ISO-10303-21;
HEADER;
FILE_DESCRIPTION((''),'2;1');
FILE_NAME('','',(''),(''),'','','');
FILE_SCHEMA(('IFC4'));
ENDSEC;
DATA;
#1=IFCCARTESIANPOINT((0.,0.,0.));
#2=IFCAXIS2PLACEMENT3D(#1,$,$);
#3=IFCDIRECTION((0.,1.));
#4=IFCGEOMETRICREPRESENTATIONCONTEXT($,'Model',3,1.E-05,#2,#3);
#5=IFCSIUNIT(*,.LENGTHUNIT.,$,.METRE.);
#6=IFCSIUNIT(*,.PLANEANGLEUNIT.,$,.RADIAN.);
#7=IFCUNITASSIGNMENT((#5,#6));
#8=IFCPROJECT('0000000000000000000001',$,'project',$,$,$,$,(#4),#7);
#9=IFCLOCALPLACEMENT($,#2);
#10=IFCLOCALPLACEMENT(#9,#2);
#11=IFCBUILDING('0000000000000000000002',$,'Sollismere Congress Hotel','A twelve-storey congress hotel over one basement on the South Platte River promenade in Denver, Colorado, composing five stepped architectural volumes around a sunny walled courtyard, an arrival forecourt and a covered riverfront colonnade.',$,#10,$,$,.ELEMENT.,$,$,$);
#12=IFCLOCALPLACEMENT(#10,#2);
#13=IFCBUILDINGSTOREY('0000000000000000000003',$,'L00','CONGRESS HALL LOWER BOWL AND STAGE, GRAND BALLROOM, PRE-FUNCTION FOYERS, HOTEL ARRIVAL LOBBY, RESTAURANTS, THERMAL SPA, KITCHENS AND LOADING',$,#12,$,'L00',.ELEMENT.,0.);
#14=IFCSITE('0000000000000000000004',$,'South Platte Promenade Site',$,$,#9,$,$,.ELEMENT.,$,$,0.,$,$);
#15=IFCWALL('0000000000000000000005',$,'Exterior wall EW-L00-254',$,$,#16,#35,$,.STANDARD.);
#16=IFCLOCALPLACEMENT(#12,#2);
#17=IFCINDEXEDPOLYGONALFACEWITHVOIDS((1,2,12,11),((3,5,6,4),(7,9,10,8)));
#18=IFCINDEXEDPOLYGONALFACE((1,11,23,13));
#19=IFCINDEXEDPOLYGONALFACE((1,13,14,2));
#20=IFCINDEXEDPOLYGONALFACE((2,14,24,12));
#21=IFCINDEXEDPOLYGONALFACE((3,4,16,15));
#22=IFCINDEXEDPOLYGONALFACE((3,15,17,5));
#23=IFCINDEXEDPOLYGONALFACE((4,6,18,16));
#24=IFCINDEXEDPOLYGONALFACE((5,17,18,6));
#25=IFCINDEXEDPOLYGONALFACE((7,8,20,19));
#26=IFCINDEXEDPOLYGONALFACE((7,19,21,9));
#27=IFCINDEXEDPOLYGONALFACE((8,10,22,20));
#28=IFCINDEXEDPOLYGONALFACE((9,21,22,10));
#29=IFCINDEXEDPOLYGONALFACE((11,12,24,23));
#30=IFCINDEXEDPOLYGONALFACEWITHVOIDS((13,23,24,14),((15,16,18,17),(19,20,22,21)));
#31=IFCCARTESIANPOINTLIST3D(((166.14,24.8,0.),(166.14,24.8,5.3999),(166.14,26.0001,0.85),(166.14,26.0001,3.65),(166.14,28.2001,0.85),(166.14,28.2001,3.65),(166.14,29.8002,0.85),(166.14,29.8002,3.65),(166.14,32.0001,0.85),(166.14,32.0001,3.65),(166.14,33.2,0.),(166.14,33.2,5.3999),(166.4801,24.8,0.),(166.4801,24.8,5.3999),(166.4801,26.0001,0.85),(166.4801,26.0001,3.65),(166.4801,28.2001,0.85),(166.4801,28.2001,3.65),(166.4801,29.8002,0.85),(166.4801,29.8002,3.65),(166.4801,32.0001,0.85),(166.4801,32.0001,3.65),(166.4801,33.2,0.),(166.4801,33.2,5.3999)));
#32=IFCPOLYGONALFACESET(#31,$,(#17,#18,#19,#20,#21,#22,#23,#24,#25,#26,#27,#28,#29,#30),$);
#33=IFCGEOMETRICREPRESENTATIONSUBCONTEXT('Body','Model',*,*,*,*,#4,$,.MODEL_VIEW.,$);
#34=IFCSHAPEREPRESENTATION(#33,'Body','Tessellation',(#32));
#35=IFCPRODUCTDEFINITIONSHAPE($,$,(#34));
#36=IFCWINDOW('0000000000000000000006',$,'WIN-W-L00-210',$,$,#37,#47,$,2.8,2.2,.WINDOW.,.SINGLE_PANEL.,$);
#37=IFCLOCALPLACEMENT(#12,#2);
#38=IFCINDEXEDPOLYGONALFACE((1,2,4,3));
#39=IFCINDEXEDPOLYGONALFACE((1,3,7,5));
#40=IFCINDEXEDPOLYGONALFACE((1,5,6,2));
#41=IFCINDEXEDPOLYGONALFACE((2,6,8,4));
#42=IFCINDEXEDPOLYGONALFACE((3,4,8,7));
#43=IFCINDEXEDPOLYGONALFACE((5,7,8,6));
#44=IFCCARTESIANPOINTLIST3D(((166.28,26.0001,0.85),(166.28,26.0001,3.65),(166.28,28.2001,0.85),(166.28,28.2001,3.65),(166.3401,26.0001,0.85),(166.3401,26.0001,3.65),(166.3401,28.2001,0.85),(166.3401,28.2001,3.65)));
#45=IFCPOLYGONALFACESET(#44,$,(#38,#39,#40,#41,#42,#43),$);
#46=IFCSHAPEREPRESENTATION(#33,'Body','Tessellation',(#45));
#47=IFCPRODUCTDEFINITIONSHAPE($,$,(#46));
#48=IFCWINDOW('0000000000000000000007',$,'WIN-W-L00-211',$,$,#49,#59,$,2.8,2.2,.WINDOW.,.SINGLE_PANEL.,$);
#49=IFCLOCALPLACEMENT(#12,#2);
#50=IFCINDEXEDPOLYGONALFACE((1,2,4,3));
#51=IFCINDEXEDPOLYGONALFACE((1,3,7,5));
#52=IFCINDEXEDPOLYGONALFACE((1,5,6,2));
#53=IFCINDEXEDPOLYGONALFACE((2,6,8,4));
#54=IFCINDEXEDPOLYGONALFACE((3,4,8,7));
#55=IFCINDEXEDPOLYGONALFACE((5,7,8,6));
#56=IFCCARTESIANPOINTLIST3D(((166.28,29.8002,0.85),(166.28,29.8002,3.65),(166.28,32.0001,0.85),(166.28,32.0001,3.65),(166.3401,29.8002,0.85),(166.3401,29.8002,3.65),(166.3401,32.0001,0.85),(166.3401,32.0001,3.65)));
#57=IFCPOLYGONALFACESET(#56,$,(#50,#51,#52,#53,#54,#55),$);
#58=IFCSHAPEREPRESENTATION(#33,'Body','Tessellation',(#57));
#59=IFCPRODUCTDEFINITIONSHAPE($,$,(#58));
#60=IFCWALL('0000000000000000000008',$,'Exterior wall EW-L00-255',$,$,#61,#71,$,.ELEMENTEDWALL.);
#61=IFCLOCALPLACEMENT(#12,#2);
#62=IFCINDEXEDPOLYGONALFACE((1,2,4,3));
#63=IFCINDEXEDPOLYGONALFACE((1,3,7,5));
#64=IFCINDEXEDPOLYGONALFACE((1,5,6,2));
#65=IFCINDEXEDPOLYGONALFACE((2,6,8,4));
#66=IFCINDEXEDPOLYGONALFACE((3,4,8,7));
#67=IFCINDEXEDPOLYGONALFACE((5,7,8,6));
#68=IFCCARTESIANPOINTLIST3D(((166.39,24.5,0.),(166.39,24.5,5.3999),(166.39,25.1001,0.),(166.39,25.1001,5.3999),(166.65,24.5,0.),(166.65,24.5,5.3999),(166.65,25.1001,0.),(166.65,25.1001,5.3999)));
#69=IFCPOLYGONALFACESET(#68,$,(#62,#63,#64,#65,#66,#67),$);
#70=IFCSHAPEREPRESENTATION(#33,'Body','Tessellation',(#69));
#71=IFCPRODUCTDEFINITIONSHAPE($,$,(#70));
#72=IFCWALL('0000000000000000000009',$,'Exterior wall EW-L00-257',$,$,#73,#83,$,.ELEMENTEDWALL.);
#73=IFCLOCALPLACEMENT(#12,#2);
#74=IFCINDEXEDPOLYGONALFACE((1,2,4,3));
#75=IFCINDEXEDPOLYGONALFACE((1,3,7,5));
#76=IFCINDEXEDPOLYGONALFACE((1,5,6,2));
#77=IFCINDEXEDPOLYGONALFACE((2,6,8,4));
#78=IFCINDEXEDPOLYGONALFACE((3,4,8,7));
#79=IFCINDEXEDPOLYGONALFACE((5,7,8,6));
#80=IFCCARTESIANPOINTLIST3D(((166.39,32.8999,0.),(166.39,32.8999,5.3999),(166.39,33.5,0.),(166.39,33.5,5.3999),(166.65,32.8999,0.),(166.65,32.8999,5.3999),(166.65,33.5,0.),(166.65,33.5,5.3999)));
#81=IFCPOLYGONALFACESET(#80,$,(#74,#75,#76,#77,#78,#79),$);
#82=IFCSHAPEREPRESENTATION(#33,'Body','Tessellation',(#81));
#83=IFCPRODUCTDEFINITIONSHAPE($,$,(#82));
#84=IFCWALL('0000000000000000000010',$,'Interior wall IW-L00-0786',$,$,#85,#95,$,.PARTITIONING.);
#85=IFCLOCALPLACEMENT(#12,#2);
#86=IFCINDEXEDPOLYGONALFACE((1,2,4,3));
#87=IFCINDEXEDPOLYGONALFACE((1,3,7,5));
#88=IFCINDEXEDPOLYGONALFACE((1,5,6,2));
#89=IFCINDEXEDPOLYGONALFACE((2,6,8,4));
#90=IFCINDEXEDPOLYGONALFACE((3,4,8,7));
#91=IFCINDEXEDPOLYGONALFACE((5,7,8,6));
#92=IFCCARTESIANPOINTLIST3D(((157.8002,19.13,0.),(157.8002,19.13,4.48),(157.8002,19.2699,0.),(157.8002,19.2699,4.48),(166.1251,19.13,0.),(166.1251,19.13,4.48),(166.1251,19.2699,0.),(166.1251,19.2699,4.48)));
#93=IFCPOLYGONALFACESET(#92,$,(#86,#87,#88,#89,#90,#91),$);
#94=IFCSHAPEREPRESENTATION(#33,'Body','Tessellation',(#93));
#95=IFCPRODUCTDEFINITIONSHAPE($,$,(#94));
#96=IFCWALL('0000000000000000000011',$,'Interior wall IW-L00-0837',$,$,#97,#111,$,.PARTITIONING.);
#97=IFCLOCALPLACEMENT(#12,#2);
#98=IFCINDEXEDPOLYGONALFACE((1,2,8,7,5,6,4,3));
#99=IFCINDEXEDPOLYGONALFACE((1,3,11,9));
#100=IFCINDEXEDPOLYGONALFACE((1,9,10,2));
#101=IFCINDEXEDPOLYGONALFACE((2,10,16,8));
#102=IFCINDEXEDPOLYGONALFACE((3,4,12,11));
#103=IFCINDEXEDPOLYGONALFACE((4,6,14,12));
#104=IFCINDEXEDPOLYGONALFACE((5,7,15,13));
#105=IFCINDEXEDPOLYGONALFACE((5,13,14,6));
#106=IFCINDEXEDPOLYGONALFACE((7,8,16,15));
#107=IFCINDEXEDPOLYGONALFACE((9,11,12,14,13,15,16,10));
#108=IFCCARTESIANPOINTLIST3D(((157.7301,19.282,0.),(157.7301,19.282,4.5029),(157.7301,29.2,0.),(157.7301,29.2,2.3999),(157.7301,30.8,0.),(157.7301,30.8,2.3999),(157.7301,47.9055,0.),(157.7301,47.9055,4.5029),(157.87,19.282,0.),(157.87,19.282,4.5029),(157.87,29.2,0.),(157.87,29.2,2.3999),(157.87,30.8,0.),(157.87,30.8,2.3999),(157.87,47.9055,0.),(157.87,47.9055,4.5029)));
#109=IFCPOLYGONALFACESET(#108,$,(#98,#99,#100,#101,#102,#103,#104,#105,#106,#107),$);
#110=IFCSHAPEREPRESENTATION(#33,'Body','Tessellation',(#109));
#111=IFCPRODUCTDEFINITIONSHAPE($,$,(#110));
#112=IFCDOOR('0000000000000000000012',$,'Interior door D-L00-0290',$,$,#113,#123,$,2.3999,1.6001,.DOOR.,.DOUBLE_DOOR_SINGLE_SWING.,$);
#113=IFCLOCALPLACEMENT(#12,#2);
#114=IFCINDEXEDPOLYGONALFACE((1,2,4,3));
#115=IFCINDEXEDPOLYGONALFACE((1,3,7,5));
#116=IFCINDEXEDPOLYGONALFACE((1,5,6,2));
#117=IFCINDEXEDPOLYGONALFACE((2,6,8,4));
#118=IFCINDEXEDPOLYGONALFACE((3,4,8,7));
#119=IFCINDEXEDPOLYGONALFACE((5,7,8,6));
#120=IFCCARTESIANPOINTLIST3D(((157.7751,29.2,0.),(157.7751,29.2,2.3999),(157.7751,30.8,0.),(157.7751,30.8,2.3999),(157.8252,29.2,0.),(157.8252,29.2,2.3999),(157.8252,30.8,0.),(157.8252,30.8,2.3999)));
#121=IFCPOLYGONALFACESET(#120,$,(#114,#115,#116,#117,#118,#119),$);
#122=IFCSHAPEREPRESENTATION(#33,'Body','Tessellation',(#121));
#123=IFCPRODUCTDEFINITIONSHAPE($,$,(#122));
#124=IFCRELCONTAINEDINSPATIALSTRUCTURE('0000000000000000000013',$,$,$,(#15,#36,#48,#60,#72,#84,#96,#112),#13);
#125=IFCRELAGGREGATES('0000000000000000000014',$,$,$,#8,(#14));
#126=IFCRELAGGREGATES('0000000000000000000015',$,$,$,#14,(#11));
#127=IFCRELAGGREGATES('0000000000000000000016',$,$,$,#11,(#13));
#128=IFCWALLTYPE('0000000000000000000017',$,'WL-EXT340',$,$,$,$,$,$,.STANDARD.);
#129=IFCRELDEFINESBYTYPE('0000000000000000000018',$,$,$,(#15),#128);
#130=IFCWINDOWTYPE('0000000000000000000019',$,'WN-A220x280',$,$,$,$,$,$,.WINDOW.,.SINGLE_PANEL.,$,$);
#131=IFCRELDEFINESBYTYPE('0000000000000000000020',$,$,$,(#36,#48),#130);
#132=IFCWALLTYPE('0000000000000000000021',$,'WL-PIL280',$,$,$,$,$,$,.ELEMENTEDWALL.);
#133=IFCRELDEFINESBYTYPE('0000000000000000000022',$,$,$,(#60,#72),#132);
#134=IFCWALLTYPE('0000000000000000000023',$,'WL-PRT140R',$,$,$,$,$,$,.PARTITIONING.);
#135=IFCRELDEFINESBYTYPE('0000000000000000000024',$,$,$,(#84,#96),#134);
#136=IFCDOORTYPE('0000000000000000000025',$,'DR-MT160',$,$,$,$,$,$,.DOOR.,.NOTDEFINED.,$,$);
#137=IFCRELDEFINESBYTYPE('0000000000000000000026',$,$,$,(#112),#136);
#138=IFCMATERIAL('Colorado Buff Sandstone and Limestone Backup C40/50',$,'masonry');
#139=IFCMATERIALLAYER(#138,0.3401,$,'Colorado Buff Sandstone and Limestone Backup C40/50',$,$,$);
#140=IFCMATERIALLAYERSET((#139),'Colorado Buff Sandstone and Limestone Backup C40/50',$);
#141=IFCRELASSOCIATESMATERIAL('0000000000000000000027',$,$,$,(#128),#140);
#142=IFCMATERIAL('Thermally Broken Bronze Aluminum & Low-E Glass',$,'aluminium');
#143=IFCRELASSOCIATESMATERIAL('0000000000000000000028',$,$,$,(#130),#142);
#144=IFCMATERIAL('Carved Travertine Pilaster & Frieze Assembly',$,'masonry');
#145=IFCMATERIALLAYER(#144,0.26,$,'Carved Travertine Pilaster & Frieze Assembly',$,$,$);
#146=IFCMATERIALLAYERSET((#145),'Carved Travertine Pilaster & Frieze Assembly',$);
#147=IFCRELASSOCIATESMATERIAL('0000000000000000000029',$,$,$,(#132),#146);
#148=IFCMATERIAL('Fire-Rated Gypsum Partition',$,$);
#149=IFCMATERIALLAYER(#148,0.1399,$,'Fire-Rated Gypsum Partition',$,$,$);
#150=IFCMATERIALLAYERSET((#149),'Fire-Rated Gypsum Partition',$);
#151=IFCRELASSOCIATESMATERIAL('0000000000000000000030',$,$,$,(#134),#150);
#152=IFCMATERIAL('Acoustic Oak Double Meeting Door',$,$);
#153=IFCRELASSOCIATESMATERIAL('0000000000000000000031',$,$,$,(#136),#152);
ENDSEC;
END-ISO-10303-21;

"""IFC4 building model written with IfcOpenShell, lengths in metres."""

from ifc_helpers import new_model, si_unit, direction, frame, frame_2d, origin, place, context, subcontext, project, spatial, rectangle, extrude, material, layer, layer_set, type_object, element, fill, save


model = new_model("IFC4")

# Units and contexts
model_context = context("Model", 3, precision=1e-05, world=origin(), true_north=direction((0.0, 1.0)))
body_context = subcontext(model_context, "Body", "Model", "MODEL_VIEW")
ifc_project = project(units=[si_unit("LENGTHUNIT", "METRE"), si_unit("PLANEANGLEUNIT", "RADIAN")], contexts=[model_context])

# Site, building, storey
site_placement = place(None, origin())
site = spatial("IfcSite", under=ifc_project, at=site_placement, Name="South Platte Promenade Site", CompositionType="ELEMENT", RefElevation=0.0)
building_placement = place(site_placement, origin())
building = spatial("IfcBuilding", under=site, at=building_placement, Name="Sollismere Congress Hotel", Description="A twelve-storey congress hotel over one basement on the South Platte River promenade in Denver, Colorado, composing five stepped architectural volumes around a sunny walled courtyard, an arrival forecourt and a covered riverfront colonnade.", CompositionType="ELEMENT")
storey_placement = place(building_placement, origin())
storey = spatial("IfcBuildingStorey", under=building, at=storey_placement, Name="L00", Description="CONGRESS HALL LOWER BOWL AND STAGE, GRAND BALLROOM, PRE-FUNCTION FOYERS, HOTEL ARRIVAL LOBBY, RESTAURANTS, THERMAL SPA, KITCHENS AND LOADING", LongName="L00", CompositionType="ELEMENT", Elevation=0.0)

# Wall, openings, windows
ifc_material_1 = material(Name="Colorado Buff Sandstone and Limestone Backup C40/50", Category="masonry")
ifc_layer_1 = layer(ifc_material_1, 0.3401, Name="Colorado Buff Sandstone and Limestone Backup C40/50")
ifc_layer_set_1 = layer_set([ifc_layer_1], Name="Colorado Buff Sandstone and Limestone Backup C40/50")
wall_type_1 = type_object("IfcWallType", Name="WL-EXT340", PredefinedType="STANDARD", material=ifc_layer_set_1)
wall_1_placement = place(storey_placement, frame((166.3101, 24.8, 0.0), z_axis=(0.0, 0.0, 1.0), x_axis=(0.0, 1.0, 0.0)))
wall_1 = element("IfcWall", 1, at=wall_1_placement, inside=storey, type_object=wall_type_1, Name="Exterior wall EW-L00-254", PredefinedType="STANDARD", context=body_context, shape_type="SweptSolid", body=[
    extrude(rectangle(XDim=8.3999, YDim=0.3401, at=frame_2d((4.2, 0.0))), origin(), (0.0, 0.0, 1.0), 5.3999),
])
opening_1_placement = place(wall_1_placement, frame((1.2, 0.0, 0.8501)))
opening_1 = element("IfcOpeningElement", 2, at=opening_1_placement, cuts=wall_1, PredefinedType="OPENING", context=body_context, shape_type="SweptSolid", body=[
    extrude(rectangle(XDim=2.2, YDim=2.8, at=frame_2d((1.1001, 1.3999))), frame((0.0, 0.1799, 0.0), z_axis=(0.0, -1.0, 0.0), x_axis=(1.0, 0.0, 0.0)), (0.0, 0.0, 1.0), 0.3601),
])
opening_2_placement = place(wall_1_placement, frame((5.0, 0.0, 0.8501)))
opening_2 = element("IfcOpeningElement", 3, at=opening_2_placement, cuts=wall_1, PredefinedType="OPENING", context=body_context, shape_type="SweptSolid", body=[
    extrude(rectangle(XDim=2.2, YDim=2.8, at=frame_2d((1.1001, 1.3999))), frame((0.0, 0.1799, 0.0), z_axis=(0.0, -1.0, 0.0), x_axis=(1.0, 0.0, 0.0)), (0.0, 0.0, 1.0), 0.3601),
])
ifc_material_2 = material(Name="Thermally Broken Bronze Aluminum & Low-E Glass", Category="aluminium")
window_type = type_object("IfcWindowType", Name="WN-A220x280", PartitioningType="SINGLE_PANEL", PredefinedType="WINDOW", material=ifc_material_2)
window_1_placement = place(opening_1_placement, origin())
window_1 = element("IfcWindow", 4, at=window_1_placement, inside=storey, type_object=window_type, Name="WIN-W-L00-210", OverallHeight=2.8, OverallWidth=2.2, PartitioningType="SINGLE_PANEL", PredefinedType="WINDOW", context=body_context, shape_type="SweptSolid", body=[
    extrude(rectangle(XDim=2.2, YDim=2.8, at=frame_2d((1.1001, 1.3999))), frame((0.0, 0.03, 0.0), z_axis=(0.0, -1.0, 0.0), x_axis=(1.0, 0.0, 0.0)), (0.0, 0.0, 1.0), 0.0601),
])
fill(opening_1, window_1)
window_2_placement = place(opening_2_placement, origin())
window_2 = element("IfcWindow", 5, at=window_2_placement, inside=storey, type_object=window_type, Name="WIN-W-L00-211", OverallHeight=2.8, OverallWidth=2.2, PartitioningType="SINGLE_PANEL", PredefinedType="WINDOW", context=body_context, shape_type="SweptSolid", body=[
    extrude(rectangle(XDim=2.2, YDim=2.8, at=frame_2d((1.1001, 1.3999))), frame((0.0, 0.03, 0.0), z_axis=(0.0, -1.0, 0.0), x_axis=(1.0, 0.0, 0.0)), (0.0, 0.0, 1.0), 0.0601),
])
fill(opening_2, window_2)

# Walls
ifc_material_3 = material(Name="Carved Travertine Pilaster & Frieze Assembly", Category="masonry")
ifc_layer_2 = layer(ifc_material_3, 0.26, Name="Carved Travertine Pilaster & Frieze Assembly")
ifc_layer_set_2 = layer_set([ifc_layer_2], Name="Carved Travertine Pilaster & Frieze Assembly")
wall_type_2 = type_object("IfcWallType", Name="WL-PIL280", PredefinedType="ELEMENTEDWALL", material=ifc_layer_set_2)
for number, where, z_axis, x_axis, name in (
    (6, (166.52, 24.5, 0.0), (0.0, 0.0, 1.0), (0.0, 1.0, 0.0), "Exterior wall EW-L00-255"),
    (7, (166.52, 32.8999, 0.0), (0.0, 0.0, 1.0), (0.0, 1.0, 0.0), "Exterior wall EW-L00-257"),
):
    element("IfcWall", number, at=place(storey_placement, frame(where, z_axis=z_axis, x_axis=x_axis)), inside=storey, type_object=wall_type_2, Name=name, PredefinedType="ELEMENTEDWALL", context=body_context, shape_type="SweptSolid", body=[
        extrude(rectangle(XDim=0.6001, YDim=0.26, at=frame_2d((0.3, 0.0))), origin(), (0.0, 0.0, 1.0), 5.3999),
    ])
ifc_material_4 = material(Name="Fire-Rated Gypsum Partition")
ifc_layer_3 = layer(ifc_material_4, 0.1399, Name="Fire-Rated Gypsum Partition")
ifc_layer_set_3 = layer_set([ifc_layer_3], Name="Fire-Rated Gypsum Partition")
wall_type_3 = type_object("IfcWallType", Name="WL-PRT140R", PredefinedType="PARTITIONING", material=ifc_layer_set_3)
wall_2_placement = place(storey_placement, frame((157.8, 19.2, 0.0), z_axis=(0.0, 0.0, 1.0), x_axis=(1.0, 0.0, 0.0)))
element("IfcWall", 8, at=wall_2_placement, inside=storey, type_object=wall_type_3, Name="Interior wall IW-L00-0786", PredefinedType="PARTITIONING", context=body_context, shape_type="SweptSolid", body=[
    extrude(rectangle(XDim=8.325, YDim=0.1399, at=frame_2d((4.1626, 0.0))), origin(), (0.0, 0.0, 1.0), 4.48),
])

# Wall, opening, door
wall_3_placement = place(storey_placement, frame((157.8, 19.282, 0.0), z_axis=(0.0, 0.0, 1.0), x_axis=(0.0, 1.0, 0.0)))
wall_3 = element("IfcWall", 9, at=wall_3_placement, inside=storey, type_object=wall_type_3, Name="Interior wall IW-L00-0837", PredefinedType="PARTITIONING", context=body_context, shape_type="SweptSolid", body=[
    extrude(rectangle(XDim=28.6235, YDim=0.1399, at=frame_2d((14.3118, 0.0))), origin(), (0.0, 0.0, 1.0), 4.5029),
])
opening_3_placement = place(wall_3_placement, frame((9.918, 0.0, 0.0)))
opening_3 = element("IfcOpeningElement", 10, at=opening_3_placement, cuts=wall_3, PredefinedType="OPENING", context=body_context, shape_type="SweptSolid", body=[
    extrude(rectangle(XDim=1.6001, YDim=2.3999, at=frame_2d((0.8, 1.2))), frame((0.0, 0.0798, 0.0), z_axis=(0.0, -1.0, 0.0), x_axis=(1.0, 0.0, 0.0)), (0.0, 0.0, 1.0), 0.1599),
])
ifc_material_5 = material(Name="Acoustic Oak Double Meeting Door")
door_type = type_object("IfcDoorType", Name="DR-MT160", OperationType="NOTDEFINED", PredefinedType="DOOR", material=ifc_material_5)
door_placement = place(opening_3_placement, origin())
door = element("IfcDoor", 11, at=door_placement, inside=storey, type_object=door_type, Name="Interior door D-L00-0290", OperationType="DOUBLE_DOOR_SINGLE_SWING", OverallHeight=2.3999, OverallWidth=1.6001, PredefinedType="DOOR", context=body_context, shape_type="SweptSolid", body=[
    extrude(rectangle(XDim=1.6001, YDim=2.3999, at=frame_2d((0.8, 1.2))), frame((0.0, 0.0249, 0.0), z_axis=(0.0, -1.0, 0.0), x_axis=(1.0, 0.0, 0.0)), (0.0, 0.0, 1.0), 0.05),
])
fill(opening_3, door)

save(model, "model.ifc")
